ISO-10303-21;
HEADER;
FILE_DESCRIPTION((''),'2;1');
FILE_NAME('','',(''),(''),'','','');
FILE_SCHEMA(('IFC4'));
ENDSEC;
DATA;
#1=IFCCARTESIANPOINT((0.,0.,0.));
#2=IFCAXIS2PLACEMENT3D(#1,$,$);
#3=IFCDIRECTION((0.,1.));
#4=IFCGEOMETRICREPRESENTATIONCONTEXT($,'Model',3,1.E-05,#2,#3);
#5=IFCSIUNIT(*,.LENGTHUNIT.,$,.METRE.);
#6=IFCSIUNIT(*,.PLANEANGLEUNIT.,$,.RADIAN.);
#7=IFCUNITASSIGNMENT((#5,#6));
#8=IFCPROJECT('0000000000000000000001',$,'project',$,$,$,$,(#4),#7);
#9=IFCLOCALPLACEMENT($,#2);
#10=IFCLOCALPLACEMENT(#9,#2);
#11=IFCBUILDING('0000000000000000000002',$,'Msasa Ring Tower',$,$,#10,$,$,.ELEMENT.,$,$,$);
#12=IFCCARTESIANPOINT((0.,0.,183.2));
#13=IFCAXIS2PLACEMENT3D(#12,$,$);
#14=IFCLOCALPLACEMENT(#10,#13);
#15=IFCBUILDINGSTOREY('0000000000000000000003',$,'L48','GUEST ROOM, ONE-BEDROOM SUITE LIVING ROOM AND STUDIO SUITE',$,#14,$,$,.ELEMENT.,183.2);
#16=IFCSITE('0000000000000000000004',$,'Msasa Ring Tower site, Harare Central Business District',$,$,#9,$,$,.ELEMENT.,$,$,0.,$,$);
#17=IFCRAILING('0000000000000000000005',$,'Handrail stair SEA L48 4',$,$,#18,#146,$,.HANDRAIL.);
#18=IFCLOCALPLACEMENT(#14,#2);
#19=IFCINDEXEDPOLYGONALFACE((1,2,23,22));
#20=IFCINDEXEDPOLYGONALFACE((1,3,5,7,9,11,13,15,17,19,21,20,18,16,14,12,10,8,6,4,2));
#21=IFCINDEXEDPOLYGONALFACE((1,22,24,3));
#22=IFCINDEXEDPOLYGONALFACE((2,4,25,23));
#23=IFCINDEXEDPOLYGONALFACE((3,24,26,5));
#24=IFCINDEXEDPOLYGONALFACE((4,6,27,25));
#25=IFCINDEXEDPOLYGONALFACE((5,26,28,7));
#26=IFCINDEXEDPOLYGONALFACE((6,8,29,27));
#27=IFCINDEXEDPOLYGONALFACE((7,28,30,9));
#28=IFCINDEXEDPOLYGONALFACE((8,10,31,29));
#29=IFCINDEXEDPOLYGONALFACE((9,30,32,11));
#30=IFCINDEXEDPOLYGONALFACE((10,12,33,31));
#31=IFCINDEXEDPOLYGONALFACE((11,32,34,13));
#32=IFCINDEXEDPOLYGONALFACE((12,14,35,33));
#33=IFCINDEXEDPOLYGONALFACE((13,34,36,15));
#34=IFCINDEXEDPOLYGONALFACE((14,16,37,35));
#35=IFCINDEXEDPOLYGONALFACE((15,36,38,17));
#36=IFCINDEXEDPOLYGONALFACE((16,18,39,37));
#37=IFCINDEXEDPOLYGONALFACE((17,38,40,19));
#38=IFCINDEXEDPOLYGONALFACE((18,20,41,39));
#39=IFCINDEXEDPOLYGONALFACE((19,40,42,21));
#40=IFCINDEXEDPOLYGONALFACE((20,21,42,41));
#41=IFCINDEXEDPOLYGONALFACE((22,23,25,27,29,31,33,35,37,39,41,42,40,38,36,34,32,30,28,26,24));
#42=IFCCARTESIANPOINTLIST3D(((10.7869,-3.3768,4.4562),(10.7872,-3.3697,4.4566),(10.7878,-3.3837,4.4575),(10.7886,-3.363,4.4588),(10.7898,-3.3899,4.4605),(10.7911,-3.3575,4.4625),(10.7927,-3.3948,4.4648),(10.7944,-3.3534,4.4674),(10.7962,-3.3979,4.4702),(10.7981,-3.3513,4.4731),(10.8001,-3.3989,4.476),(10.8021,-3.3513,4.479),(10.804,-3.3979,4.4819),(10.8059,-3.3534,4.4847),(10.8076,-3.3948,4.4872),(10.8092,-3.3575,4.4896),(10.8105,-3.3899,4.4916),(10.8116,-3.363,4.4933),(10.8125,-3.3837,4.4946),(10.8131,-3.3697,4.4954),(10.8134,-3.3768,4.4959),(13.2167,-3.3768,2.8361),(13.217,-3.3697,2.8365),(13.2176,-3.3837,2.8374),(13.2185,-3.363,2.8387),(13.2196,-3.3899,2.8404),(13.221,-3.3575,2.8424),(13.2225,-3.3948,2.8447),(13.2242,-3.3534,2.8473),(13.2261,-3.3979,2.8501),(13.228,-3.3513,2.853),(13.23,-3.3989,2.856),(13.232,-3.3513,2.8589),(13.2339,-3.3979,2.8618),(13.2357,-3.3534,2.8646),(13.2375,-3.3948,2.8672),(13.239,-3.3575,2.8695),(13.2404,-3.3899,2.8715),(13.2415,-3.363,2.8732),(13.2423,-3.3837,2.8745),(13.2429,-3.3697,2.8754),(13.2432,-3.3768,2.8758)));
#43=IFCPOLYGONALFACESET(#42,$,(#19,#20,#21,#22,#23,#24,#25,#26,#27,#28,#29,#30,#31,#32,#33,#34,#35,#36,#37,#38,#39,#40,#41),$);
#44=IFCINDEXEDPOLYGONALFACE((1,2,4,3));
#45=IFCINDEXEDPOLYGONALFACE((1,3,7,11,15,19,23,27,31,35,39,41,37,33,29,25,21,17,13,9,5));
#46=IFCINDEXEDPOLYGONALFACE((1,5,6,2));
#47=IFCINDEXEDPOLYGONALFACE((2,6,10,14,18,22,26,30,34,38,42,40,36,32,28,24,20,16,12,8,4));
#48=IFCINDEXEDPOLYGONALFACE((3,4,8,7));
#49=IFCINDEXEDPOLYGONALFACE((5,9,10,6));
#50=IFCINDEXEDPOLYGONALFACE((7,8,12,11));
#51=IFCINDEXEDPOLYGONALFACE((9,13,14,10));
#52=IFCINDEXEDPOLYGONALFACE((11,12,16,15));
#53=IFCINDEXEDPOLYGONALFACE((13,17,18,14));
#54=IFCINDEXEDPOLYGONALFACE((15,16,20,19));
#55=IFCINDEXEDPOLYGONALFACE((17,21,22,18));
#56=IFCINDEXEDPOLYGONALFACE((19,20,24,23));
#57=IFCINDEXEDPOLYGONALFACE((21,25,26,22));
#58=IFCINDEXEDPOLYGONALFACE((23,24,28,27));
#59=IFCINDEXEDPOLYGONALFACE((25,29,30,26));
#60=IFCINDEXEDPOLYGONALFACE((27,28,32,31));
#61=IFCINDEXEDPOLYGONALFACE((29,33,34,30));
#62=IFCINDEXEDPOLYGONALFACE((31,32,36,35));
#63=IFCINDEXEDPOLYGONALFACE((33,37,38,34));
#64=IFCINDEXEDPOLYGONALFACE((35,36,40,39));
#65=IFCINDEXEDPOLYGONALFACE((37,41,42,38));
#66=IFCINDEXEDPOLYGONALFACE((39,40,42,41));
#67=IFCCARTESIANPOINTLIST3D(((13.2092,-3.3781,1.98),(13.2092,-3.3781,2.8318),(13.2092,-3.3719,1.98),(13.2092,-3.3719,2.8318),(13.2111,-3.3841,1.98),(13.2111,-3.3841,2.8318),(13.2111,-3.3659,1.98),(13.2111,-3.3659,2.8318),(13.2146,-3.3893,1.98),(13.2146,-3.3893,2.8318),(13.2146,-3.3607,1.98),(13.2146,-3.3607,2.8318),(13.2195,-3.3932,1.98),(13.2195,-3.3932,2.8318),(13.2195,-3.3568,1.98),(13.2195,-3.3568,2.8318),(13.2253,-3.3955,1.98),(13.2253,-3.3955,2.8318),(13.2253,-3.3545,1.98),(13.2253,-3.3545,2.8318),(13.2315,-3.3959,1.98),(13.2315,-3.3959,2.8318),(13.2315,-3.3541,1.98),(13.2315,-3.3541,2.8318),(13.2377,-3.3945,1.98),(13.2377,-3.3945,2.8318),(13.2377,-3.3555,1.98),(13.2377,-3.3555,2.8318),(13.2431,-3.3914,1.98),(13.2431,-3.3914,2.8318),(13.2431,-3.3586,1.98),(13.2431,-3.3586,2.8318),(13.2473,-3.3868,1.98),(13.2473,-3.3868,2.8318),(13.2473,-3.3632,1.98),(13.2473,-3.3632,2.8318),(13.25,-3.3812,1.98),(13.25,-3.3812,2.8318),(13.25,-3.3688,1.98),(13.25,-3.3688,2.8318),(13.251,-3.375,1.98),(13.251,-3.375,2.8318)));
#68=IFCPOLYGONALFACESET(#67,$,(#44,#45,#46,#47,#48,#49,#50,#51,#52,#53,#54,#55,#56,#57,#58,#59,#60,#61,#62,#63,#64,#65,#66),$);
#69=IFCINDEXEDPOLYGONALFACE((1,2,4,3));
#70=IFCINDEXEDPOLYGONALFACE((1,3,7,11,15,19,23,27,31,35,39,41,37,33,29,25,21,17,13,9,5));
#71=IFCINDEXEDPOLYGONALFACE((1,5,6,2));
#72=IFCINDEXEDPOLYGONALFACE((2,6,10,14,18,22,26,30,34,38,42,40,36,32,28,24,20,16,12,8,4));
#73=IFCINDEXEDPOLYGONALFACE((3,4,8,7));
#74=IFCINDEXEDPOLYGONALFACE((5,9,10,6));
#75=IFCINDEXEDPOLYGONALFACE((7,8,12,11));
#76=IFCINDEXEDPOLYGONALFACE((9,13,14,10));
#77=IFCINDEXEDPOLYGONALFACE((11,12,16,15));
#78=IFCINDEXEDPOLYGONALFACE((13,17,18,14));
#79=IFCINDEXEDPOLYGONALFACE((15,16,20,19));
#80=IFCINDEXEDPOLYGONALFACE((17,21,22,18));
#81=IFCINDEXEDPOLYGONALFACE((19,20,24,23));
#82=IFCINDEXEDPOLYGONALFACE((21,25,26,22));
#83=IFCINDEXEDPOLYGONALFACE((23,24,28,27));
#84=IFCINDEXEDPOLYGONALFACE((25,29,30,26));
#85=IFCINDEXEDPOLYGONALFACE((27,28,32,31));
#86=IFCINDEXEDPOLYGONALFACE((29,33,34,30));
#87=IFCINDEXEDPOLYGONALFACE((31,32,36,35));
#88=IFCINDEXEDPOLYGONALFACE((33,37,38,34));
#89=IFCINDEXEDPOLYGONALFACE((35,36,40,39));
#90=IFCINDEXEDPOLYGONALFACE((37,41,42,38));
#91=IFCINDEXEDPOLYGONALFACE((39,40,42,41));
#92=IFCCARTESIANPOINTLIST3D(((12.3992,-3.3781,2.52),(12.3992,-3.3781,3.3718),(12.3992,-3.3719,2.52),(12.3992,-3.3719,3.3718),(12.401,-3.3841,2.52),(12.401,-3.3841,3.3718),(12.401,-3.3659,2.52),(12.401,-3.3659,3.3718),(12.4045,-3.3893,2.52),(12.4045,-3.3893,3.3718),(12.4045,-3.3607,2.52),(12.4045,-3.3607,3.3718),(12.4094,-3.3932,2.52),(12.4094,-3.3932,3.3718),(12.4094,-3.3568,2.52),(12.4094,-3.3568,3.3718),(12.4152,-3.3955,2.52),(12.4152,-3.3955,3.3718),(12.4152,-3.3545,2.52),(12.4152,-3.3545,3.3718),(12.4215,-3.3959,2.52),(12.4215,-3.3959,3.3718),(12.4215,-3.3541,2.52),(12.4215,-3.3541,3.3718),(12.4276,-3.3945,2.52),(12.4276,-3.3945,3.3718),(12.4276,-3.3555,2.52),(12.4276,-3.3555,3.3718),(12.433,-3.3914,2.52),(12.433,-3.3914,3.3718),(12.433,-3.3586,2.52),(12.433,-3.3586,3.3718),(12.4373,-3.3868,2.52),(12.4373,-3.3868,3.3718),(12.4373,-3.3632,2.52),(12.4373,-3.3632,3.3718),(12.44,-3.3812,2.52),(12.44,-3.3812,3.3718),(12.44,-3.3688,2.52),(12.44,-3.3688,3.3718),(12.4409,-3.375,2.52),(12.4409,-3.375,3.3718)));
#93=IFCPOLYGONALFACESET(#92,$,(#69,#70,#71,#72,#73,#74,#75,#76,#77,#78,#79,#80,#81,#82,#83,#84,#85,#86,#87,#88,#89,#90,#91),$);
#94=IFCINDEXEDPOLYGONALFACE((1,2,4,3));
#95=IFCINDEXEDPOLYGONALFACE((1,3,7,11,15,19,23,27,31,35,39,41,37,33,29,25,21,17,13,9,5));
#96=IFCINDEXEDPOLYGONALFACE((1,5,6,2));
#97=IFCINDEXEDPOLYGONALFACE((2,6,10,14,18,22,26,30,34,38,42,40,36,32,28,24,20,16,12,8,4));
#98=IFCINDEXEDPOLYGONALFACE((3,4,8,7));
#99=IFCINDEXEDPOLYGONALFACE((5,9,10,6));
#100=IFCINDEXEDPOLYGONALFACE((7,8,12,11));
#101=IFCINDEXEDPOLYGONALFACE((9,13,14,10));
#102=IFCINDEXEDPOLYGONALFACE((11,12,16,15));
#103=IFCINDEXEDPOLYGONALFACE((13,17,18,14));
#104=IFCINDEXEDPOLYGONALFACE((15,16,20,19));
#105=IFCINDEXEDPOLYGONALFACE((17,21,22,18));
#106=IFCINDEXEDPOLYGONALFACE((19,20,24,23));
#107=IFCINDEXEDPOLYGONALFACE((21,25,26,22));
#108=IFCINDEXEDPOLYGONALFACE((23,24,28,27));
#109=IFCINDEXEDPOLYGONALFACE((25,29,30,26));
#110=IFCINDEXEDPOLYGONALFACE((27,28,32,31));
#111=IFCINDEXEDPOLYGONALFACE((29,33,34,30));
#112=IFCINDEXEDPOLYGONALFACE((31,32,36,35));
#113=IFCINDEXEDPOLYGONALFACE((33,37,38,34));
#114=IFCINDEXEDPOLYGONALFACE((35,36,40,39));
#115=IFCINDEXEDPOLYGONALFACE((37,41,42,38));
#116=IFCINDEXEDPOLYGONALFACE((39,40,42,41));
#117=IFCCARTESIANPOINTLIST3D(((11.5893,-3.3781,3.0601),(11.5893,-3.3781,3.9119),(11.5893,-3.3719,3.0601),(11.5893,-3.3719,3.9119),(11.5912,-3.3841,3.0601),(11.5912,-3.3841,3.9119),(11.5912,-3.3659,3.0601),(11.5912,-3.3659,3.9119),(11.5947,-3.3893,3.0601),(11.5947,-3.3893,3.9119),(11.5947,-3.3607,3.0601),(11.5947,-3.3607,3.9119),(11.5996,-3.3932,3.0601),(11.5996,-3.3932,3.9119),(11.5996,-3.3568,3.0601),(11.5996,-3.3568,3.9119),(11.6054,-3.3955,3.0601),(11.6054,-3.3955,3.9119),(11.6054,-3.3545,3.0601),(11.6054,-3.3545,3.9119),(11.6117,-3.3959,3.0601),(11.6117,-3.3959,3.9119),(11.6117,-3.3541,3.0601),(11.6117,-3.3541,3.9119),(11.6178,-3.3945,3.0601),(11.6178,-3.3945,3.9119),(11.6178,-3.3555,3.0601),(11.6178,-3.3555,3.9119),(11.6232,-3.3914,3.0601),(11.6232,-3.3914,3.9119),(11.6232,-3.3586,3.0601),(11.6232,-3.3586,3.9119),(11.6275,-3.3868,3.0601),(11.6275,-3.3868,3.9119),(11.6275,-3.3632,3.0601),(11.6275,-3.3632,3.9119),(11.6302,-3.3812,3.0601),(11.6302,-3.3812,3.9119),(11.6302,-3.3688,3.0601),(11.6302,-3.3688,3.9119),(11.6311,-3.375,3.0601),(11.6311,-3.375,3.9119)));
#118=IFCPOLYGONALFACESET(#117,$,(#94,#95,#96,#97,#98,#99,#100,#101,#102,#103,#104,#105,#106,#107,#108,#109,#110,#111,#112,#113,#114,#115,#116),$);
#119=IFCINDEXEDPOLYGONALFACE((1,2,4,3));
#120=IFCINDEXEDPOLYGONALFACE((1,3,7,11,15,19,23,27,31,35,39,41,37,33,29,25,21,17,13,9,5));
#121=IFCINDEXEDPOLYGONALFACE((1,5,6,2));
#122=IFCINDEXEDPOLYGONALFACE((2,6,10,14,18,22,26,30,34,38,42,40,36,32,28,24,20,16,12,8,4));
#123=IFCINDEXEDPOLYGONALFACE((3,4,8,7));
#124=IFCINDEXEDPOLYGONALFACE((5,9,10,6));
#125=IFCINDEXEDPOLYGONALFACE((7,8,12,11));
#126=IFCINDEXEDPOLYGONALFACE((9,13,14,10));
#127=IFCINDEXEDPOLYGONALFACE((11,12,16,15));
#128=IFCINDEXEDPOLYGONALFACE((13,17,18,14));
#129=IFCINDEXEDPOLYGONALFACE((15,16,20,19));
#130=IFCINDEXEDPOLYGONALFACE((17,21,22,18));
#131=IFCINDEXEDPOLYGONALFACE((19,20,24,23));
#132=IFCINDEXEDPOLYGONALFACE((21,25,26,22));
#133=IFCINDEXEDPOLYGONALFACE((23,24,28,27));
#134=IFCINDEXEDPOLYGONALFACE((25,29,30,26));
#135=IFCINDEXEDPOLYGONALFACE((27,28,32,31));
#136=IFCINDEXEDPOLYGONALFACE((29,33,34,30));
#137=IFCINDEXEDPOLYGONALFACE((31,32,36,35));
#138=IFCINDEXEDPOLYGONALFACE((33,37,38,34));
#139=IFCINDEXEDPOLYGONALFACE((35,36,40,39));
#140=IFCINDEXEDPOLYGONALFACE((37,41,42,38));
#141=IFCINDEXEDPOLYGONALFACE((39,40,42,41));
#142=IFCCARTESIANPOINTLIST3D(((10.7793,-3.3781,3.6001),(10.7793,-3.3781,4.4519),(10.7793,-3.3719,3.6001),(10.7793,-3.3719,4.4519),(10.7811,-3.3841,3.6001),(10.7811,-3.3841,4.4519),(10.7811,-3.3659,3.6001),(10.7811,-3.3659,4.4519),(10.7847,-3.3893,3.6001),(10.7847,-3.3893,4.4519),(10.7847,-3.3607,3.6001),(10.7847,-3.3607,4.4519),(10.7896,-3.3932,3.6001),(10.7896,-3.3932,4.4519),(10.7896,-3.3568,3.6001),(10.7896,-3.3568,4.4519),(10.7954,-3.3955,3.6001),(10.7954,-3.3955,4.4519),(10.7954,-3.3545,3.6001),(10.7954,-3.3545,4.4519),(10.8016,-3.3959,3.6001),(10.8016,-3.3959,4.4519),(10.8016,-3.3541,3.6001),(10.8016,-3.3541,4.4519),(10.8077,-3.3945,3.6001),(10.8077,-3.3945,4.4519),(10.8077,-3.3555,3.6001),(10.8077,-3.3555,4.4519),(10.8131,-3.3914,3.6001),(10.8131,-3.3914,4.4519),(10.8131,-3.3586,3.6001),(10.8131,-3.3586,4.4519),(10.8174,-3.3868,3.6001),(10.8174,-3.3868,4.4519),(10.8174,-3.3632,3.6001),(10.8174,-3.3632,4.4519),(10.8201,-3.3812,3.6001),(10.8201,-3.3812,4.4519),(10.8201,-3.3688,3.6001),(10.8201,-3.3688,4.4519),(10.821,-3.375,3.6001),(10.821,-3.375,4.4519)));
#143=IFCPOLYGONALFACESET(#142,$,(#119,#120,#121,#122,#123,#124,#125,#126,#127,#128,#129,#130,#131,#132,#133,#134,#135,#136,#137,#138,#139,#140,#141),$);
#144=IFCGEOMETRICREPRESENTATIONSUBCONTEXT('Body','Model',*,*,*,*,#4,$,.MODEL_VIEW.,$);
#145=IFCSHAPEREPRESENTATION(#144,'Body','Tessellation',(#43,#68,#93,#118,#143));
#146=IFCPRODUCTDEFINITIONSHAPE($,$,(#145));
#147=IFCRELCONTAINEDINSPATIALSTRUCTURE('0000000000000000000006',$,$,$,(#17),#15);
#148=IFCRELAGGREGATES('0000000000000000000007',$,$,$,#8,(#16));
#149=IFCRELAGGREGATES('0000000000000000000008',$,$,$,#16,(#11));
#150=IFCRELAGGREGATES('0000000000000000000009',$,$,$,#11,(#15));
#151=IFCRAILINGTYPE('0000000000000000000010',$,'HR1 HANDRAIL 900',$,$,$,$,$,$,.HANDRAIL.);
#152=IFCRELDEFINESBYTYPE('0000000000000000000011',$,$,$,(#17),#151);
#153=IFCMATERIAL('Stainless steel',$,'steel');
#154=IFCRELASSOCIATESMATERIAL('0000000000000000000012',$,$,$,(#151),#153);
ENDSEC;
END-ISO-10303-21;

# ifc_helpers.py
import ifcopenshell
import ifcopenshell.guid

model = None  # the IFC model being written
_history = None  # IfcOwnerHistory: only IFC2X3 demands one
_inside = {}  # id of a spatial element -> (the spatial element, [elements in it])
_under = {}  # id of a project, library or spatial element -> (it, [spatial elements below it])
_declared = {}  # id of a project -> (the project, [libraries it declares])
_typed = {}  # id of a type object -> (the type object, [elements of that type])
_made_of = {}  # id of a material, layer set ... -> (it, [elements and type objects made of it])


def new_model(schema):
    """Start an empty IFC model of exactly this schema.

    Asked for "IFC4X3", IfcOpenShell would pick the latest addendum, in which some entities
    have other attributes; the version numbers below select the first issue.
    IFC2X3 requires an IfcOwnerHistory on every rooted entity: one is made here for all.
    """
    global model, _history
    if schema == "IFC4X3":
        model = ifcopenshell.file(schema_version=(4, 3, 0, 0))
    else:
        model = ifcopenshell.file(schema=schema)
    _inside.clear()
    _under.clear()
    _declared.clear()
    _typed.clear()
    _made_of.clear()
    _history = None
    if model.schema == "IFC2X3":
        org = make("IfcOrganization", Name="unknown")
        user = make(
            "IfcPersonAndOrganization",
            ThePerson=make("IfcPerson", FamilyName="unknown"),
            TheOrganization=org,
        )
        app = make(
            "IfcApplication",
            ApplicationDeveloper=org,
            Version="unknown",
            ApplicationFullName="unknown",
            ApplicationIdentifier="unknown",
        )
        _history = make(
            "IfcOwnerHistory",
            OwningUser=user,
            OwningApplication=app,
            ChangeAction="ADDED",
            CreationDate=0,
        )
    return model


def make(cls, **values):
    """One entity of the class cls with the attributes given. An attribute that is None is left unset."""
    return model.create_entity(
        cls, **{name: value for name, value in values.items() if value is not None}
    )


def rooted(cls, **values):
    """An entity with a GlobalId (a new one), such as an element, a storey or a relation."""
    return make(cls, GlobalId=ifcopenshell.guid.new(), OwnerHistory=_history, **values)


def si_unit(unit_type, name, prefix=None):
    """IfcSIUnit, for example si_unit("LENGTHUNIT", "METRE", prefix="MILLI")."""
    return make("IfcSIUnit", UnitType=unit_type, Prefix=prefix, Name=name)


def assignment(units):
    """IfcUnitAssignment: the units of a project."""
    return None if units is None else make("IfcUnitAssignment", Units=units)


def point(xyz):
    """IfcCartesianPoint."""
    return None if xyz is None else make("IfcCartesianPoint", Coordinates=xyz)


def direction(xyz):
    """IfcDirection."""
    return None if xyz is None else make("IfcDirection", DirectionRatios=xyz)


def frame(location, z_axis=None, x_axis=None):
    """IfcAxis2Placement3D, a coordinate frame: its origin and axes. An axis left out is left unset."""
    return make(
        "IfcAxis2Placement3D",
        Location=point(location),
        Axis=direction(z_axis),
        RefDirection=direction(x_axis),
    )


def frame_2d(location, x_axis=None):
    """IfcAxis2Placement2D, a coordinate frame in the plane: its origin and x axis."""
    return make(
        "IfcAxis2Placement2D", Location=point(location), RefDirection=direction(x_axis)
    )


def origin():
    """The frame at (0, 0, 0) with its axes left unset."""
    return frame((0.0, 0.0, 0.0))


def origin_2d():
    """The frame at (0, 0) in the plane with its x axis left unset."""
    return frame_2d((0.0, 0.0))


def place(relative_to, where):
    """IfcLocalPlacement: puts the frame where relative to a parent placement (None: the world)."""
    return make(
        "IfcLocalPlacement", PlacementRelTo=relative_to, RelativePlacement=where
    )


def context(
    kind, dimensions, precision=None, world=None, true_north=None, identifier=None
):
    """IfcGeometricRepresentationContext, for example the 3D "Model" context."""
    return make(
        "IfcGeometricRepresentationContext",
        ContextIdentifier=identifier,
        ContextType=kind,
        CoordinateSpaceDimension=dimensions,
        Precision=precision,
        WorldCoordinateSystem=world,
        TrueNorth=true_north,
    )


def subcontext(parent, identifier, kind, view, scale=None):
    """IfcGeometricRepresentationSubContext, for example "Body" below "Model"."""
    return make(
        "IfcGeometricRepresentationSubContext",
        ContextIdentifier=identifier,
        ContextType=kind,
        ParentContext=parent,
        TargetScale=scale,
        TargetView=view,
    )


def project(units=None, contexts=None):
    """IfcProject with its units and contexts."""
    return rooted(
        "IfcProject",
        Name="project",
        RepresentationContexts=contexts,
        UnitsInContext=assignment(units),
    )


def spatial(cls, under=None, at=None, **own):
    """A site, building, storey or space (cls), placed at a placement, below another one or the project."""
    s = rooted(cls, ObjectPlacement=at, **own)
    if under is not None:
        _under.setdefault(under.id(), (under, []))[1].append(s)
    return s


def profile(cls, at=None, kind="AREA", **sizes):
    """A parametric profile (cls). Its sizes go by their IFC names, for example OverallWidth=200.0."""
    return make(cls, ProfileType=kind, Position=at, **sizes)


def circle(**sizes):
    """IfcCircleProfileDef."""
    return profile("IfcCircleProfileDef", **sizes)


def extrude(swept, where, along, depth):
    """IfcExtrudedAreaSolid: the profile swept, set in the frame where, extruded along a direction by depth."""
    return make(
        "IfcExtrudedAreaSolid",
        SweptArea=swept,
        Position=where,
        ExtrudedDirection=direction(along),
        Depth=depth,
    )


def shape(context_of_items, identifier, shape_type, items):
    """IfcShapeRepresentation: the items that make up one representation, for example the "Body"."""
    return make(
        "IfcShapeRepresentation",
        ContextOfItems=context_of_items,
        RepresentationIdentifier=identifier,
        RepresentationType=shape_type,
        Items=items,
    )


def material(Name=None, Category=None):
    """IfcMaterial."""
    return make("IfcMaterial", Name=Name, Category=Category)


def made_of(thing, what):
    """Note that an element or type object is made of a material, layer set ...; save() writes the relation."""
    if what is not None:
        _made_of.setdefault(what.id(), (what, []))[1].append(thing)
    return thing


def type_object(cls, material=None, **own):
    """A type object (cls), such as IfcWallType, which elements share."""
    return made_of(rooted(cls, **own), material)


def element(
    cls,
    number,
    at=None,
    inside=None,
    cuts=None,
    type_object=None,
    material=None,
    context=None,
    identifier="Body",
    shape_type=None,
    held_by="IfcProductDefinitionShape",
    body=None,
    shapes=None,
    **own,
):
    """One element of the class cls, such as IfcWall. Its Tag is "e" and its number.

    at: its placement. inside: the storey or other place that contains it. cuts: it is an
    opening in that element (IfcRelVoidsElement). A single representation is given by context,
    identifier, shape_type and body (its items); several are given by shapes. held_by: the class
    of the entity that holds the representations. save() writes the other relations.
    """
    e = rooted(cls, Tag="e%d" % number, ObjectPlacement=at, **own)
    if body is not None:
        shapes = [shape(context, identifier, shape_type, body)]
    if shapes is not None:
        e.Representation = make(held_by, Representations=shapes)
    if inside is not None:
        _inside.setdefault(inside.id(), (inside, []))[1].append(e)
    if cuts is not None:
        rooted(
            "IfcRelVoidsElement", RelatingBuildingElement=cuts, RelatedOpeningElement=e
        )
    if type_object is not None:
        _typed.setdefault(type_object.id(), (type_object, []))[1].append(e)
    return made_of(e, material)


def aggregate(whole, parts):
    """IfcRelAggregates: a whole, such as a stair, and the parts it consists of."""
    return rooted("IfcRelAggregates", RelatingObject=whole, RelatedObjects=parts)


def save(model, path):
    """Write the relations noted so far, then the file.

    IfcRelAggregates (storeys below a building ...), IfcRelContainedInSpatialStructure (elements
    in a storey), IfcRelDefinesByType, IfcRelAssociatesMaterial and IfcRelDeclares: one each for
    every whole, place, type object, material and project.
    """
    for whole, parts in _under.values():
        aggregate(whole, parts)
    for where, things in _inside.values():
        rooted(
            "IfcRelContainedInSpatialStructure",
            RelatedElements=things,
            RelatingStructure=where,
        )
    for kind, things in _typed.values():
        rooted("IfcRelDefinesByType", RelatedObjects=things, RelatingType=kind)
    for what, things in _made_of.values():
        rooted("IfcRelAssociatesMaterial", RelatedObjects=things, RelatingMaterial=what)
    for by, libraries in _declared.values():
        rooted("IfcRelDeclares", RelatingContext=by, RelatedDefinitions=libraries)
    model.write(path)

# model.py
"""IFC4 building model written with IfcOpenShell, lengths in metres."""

from ifc_helpers import new_model, si_unit, direction, frame, origin, origin_2d, place, context, subcontext, project, spatial, circle, extrude, material, type_object, element, save


model = new_model("IFC4")

# Units and contexts
model_context = context("Model", 3, precision=1e-05, world=origin(), true_north=direction((0.0, 1.0)))
body_context = subcontext(model_context, "Body", "Model", "MODEL_VIEW")
ifc_project = project(units=[si_unit("LENGTHUNIT", "METRE"), si_unit("PLANEANGLEUNIT", "RADIAN")], contexts=[model_context])

# Site, building, storey
site_placement = place(None, origin())
site = spatial("IfcSite", under=ifc_project, at=site_placement, Name="Msasa Ring Tower site, Harare Central Business District", CompositionType="ELEMENT", RefElevation=0.0)
building_placement = place(site_placement, origin())
building = spatial("IfcBuilding", under=site, at=building_placement, Name="Msasa Ring Tower", CompositionType="ELEMENT")
storey_placement = place(building_placement, frame((0.0, 0.0, 183.2)))
storey = spatial("IfcBuildingStorey", under=building, at=storey_placement, Name="L48", Description="GUEST ROOM, ONE-BEDROOM SUITE LIVING ROOM AND STUDIO SUITE", CompositionType="ELEMENT", Elevation=183.2)

# Railing
ifc_material_1 = material(Name="Stainless steel", Category="steel")
railing_type = type_object("IfcRailingType", Name="HR1 HANDRAIL 900", PredefinedType="HANDRAIL", material=ifc_material_1)
for number, where, name in (
    (1, (13.23, -3.375, 1.98), "Handrail stair SEA L48 4"),
):
    element("IfcRailing", number, at=place(storey_placement, frame(where)), inside=storey, type_object=railing_type, Name=name, PredefinedType="HANDRAIL", context=body_context, shape_type="SweptSolid", body=[
        extrude(circle(Radius=0.0239, at=origin_2d()), frame((0.0, 0.0, 0.876), z_axis=(-0.832025, 0.0, 0.554739), x_axis=(0.0, -1.0, 0.0)), (0.0, 0.0, 1.0), 2.9204),
        extrude(circle(Radius=0.021, at=origin_2d()), origin(), (0.0, 0.0, 1.0), 0.8518),
        extrude(circle(Radius=0.021, at=origin_2d()), frame((-0.8101, 0.0, 0.54)), (0.0, 0.0, 1.0), 0.8518),
        extrude(circle(Radius=0.021, at=origin_2d()), frame((-1.6199, 0.0, 1.0801)), (0.0, 0.0, 1.0), 0.8518),
        extrude(circle(Radius=0.021, at=origin_2d()), frame((-2.4299, 0.0, 1.6201)), (0.0, 0.0, 1.0), 0.8518),
    ])

save(model, "model.ifc")
